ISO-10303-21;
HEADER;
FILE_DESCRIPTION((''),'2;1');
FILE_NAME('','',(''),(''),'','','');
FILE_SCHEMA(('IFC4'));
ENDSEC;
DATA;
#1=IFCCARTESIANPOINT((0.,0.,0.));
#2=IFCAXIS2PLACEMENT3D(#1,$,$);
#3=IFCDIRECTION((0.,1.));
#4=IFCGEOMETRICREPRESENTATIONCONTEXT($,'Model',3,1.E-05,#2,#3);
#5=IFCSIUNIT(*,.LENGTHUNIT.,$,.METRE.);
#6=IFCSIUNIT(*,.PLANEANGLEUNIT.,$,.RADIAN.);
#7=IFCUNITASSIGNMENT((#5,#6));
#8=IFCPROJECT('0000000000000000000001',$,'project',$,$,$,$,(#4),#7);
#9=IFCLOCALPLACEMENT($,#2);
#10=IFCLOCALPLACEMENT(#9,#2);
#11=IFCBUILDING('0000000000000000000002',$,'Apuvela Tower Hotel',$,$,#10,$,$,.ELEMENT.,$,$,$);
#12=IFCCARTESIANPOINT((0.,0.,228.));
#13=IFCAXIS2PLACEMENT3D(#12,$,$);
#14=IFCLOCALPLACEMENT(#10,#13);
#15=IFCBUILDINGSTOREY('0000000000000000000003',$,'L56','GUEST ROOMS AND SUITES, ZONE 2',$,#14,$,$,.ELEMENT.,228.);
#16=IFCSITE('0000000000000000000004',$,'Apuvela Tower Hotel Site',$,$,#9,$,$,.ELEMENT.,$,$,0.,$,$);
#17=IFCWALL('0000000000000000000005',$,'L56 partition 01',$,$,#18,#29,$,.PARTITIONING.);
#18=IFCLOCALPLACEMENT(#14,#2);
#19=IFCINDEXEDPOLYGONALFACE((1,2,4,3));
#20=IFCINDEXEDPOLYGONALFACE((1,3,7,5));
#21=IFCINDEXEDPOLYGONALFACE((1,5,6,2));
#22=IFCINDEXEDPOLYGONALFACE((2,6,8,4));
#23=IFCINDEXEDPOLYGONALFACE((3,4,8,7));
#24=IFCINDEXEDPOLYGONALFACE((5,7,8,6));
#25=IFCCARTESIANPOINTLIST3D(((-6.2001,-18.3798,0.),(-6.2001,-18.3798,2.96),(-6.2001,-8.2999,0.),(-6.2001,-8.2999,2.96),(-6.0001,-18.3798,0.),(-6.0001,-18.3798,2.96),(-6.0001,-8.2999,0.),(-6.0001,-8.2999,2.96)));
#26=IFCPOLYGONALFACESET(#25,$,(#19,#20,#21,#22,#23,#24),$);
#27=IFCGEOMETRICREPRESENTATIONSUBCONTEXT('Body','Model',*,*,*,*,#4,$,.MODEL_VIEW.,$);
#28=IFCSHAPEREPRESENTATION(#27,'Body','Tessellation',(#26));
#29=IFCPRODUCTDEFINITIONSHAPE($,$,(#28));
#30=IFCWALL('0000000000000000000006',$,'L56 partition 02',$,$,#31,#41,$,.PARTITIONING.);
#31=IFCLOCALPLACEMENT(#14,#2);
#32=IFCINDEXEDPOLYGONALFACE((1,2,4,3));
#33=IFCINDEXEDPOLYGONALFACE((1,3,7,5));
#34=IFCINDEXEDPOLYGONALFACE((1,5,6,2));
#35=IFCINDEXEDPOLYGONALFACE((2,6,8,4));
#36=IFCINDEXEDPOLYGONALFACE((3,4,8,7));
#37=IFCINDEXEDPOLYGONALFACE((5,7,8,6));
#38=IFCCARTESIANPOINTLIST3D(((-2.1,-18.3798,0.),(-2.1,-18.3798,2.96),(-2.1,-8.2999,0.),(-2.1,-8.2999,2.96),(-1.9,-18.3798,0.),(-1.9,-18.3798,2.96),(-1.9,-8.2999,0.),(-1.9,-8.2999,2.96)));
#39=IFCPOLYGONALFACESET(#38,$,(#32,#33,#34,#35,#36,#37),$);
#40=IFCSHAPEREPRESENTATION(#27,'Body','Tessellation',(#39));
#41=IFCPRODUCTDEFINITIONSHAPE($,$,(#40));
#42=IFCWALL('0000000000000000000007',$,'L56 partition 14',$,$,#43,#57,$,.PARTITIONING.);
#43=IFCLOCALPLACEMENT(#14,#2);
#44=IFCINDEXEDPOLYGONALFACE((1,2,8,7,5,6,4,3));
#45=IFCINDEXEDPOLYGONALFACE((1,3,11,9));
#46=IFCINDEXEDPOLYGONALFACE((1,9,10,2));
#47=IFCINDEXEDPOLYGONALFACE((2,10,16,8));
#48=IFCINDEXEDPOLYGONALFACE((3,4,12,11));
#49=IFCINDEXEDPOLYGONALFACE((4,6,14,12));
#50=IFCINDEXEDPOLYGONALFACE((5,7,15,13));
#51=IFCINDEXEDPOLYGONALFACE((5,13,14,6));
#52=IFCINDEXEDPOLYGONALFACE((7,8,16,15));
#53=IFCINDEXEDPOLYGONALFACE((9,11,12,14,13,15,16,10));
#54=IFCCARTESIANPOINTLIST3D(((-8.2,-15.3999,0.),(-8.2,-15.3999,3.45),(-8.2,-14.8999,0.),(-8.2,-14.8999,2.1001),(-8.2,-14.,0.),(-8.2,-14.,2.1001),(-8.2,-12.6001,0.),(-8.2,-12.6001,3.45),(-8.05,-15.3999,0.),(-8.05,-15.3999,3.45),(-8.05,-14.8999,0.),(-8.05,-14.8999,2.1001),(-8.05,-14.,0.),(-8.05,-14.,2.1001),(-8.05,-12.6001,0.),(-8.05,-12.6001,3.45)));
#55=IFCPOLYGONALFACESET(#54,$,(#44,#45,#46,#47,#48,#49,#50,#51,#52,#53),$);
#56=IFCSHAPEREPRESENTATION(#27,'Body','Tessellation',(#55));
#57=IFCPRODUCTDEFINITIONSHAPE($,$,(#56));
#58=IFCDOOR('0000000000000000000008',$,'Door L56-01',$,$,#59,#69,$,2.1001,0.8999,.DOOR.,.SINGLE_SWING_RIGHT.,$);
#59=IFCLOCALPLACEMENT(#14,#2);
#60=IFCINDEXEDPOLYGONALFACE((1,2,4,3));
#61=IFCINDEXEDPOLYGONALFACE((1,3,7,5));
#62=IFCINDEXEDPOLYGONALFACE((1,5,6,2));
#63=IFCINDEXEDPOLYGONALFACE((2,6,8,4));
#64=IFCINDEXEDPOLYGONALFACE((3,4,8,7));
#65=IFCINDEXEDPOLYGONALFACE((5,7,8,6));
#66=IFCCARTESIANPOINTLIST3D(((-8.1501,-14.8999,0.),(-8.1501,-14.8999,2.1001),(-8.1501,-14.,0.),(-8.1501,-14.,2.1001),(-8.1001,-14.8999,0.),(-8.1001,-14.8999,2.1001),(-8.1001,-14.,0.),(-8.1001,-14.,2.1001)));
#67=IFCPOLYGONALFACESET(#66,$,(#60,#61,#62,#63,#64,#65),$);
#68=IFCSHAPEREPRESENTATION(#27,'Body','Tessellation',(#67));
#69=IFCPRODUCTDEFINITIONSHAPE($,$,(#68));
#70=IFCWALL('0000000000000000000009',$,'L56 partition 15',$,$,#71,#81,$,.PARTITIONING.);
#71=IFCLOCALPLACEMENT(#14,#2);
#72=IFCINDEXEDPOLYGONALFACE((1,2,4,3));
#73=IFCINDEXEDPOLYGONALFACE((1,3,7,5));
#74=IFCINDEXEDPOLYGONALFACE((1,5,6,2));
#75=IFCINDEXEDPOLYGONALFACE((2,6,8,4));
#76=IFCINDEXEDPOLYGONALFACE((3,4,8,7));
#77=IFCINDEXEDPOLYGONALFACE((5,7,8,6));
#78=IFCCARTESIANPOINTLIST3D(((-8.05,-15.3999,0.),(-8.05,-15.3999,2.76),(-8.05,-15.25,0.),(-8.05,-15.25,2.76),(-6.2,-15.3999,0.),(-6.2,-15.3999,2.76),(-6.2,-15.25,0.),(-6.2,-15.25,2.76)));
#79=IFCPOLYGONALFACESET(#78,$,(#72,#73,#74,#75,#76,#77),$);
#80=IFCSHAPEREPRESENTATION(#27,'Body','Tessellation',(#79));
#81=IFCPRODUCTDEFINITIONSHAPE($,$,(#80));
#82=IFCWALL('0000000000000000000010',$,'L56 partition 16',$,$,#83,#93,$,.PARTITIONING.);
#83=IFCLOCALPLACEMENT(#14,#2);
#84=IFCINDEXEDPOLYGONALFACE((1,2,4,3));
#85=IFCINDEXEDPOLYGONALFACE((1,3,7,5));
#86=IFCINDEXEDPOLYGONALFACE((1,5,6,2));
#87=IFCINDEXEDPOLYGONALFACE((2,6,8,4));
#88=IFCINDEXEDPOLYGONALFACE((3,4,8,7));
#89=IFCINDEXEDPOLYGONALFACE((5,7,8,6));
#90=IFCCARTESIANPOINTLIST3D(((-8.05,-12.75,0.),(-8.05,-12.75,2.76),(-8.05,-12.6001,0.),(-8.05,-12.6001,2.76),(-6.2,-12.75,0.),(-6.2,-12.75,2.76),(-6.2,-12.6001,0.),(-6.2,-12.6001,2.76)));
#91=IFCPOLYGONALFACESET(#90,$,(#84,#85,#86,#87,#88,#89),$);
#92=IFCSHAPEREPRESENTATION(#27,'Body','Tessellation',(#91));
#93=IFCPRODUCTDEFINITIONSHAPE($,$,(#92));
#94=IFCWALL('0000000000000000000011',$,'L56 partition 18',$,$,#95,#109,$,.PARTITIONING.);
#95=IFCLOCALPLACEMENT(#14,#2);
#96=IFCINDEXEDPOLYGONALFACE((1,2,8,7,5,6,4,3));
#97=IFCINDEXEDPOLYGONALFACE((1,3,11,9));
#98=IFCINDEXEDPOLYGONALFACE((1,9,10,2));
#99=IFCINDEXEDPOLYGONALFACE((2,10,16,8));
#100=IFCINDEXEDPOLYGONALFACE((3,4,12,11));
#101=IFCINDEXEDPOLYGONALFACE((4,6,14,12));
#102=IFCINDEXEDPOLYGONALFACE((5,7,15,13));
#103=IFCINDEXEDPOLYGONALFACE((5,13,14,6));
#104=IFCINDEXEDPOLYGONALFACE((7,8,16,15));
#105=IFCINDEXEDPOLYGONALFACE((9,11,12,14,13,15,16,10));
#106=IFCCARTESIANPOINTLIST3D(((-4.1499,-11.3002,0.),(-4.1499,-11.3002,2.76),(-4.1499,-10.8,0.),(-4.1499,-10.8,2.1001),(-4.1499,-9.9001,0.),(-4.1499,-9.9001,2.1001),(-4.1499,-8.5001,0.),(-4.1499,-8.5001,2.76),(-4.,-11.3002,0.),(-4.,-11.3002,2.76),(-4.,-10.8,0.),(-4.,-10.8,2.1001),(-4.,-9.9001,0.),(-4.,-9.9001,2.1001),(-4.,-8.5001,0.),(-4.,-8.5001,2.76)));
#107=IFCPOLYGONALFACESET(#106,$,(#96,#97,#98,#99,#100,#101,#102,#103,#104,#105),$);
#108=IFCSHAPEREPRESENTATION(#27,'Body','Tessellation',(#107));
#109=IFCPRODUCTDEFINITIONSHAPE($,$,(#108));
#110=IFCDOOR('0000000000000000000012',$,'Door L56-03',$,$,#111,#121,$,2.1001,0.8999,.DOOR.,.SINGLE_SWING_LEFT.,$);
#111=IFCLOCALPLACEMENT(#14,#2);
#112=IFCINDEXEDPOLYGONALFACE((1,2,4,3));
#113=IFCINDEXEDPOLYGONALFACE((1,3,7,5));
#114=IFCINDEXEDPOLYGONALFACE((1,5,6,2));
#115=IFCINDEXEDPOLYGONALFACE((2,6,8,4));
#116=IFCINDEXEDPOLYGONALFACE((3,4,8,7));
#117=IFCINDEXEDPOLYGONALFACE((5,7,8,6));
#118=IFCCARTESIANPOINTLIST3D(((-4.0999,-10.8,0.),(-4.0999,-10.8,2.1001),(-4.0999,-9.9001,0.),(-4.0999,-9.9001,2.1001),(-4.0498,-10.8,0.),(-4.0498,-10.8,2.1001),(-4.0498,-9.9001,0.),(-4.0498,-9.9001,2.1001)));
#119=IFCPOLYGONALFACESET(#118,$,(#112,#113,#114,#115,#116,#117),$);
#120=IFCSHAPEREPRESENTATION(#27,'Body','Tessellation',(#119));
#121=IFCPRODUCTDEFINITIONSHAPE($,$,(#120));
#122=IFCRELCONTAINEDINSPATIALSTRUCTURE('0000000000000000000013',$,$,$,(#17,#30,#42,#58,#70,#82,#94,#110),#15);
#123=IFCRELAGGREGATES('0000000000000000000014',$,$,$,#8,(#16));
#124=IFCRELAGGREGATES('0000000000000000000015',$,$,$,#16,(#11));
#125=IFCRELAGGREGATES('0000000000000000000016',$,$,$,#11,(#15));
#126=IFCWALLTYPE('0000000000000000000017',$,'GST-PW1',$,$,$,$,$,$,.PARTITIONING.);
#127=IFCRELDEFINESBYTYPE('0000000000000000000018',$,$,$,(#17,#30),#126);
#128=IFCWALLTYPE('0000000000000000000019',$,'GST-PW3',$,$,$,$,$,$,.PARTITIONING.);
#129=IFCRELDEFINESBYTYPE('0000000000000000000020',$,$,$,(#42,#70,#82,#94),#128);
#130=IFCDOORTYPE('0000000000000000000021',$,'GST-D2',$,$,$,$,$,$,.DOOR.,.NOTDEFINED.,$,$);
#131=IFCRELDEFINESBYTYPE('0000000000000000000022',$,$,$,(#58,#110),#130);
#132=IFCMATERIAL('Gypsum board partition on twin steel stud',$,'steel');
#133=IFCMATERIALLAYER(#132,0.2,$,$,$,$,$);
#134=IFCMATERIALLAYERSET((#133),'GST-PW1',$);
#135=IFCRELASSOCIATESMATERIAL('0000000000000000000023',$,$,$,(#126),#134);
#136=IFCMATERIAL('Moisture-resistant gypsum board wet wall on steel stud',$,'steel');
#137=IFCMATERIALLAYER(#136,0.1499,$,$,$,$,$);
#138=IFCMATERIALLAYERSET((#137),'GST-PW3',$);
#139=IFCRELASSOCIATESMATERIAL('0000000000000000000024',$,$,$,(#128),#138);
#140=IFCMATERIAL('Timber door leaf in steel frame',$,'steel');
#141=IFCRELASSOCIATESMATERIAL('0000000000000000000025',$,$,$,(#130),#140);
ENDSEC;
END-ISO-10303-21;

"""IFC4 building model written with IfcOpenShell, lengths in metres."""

from ifc_helpers import new_model, si_unit, direction, frame, frame_2d, origin, place, context, subcontext, project, spatial, rectangle, extrude, material, layer, layer_set, type_object, element, fill, save


model = new_model("IFC4")

# Units and contexts
model_context = context("Model", 3, precision=1e-05, world=origin(), true_north=direction((0.0, 1.0)))
body_context = subcontext(model_context, "Body", "Model", "MODEL_VIEW")
ifc_project = project(units=[si_unit("LENGTHUNIT", "METRE"), si_unit("PLANEANGLEUNIT", "RADIAN")], contexts=[model_context])

# Site, building, storey
site_placement = place(None, origin())
site = spatial("IfcSite", under=ifc_project, at=site_placement, Name="Apuvela Tower Hotel Site", CompositionType="ELEMENT", RefElevation=0.0)
building_placement = place(site_placement, origin())
building = spatial("IfcBuilding", under=site, at=building_placement, Name="Apuvela Tower Hotel", CompositionType="ELEMENT")
storey_placement = place(building_placement, frame((0.0, 0.0, 228.0)))
storey = spatial("IfcBuildingStorey", under=building, at=storey_placement, Name="L56", Description="GUEST ROOMS AND SUITES, ZONE 2", CompositionType="ELEMENT", Elevation=228.0)

# Walls
ifc_material_1 = material(Name="Gypsum board partition on twin steel stud", Category="steel")
ifc_layer_1 = layer(ifc_material_1, 0.2)
ifc_layer_set_1 = layer_set([ifc_layer_1], Name="GST-PW1")
wall_type_1 = type_object("IfcWallType", Name="GST-PW1", PredefinedType="PARTITIONING", material=ifc_layer_set_1)
for number, where, z_axis, x_axis, name in (
    (1, (-6.1001, -18.3799, 0.0), (0.0, 0.0, 1.0), (0.0, 1.0, 0.0), "L56 partition 01"),
    (2, (-2.0, -18.3799, 0.0), (0.0, 0.0, 1.0), (0.0, 1.0, 0.0), "L56 partition 02"),
):
    element("IfcWall", number, at=place(storey_placement, frame(where, z_axis=z_axis, x_axis=x_axis)), inside=storey, type_object=wall_type_1, Name=name, PredefinedType="PARTITIONING", context=body_context, shape_type="SweptSolid", body=[
        extrude(rectangle(XDim=10.0798, YDim=0.2, at=frame_2d((5.04, 0.0))), origin(), (0.0, 0.0, 1.0), 2.96),
    ])

# Wall, opening, door
ifc_material_2 = material(Name="Moisture-resistant gypsum board wet wall on steel stud", Category="steel")
ifc_layer_2 = layer(ifc_material_2, 0.1499)
ifc_layer_set_2 = layer_set([ifc_layer_2], Name="GST-PW3")
wall_type_2 = type_object("IfcWallType", Name="GST-PW3", PredefinedType="PARTITIONING", material=ifc_layer_set_2)
wall_1_placement = place(storey_placement, frame((-8.125, -12.6001, 0.0), z_axis=(0.0, 0.0, 1.0), x_axis=(0.0, -1.0, 0.0)))
wall_1 = element("IfcWall", 3, at=wall_1_placement, inside=storey, type_object=wall_type_2, Name="L56 partition 14", PredefinedType="PARTITIONING", context=body_context, shape_type="SweptSolid", body=[
    extrude(rectangle(XDim=2.7998, YDim=0.1499, at=frame_2d((1.3999, 0.0))), origin(), (0.0, 0.0, 1.0), 3.45),
])
opening_1_placement = place(wall_1_placement, frame((1.3999, 0.0, 0.0)))
opening_1 = element("IfcOpeningElement", 4, at=opening_1_placement, cuts=wall_1, PredefinedType="OPENING", context=body_context, shape_type="SweptSolid", body=[
    extrude(rectangle(XDim=0.8999, YDim=2.1001, at=frame_2d((0.45, 1.05))), frame((0.0, 0.085, 0.0), z_axis=(0.0, -1.0, 0.0), x_axis=(1.0, 0.0, 0.0)), (0.0, 0.0, 1.0), 0.1699),
])
ifc_material_3 = material(Name="Timber door leaf in steel frame", Category="steel")
door_type_1 = type_object("IfcDoorType", Name="GST-D2", OperationType="NOTDEFINED", PredefinedType="DOOR", material=ifc_material_3)
door_1_placement = place(opening_1_placement, origin())
door_1 = element("IfcDoor", 5, at=door_1_placement, inside=storey, type_object=door_type_1, Name="Door L56-01", OperationType="SINGLE_SWING_RIGHT", OverallHeight=2.1001, OverallWidth=0.8999, PredefinedType="DOOR", context=body_context, shape_type="SweptSolid", body=[
    extrude(rectangle(XDim=0.8999, YDim=2.1001, at=frame_2d((0.45, 1.05))), frame((0.0, 0.0249, 0.0), z_axis=(0.0, -1.0, 0.0), x_axis=(1.0, 0.0, 0.0)), (0.0, 0.0, 1.0), 0.05),
])
fill(opening_1, door_1)

# Walls
for number, where, z_axis, x_axis, name in (
    (6, (-8.05, -15.325, 0.0), (0.0, 0.0, 1.0), (1.0, 0.0, 0.0), "L56 partition 15"),
    (7, (-8.05, -12.675, 0.0), (0.0, 0.0, 1.0), (1.0, 0.0, 0.0), "L56 partition 16"),
):
    element("IfcWall", number, at=place(storey_placement, frame(where, z_axis=z_axis, x_axis=x_axis)), inside=storey, type_object=wall_type_2, Name=name, PredefinedType="PARTITIONING", context=body_context, shape_type="SweptSolid", body=[
        extrude(rectangle(XDim=1.8501, YDim=0.1499, at=frame_2d((0.925, 0.0))), origin(), (0.0, 0.0, 1.0), 2.76),
    ])

# Wall, opening, door
wall_2_placement = place(storey_placement, frame((-4.075, -11.3, 0.0), z_axis=(0.0, 0.0, 1.0), x_axis=(0.0, 1.0, 0.0)))
wall_2 = element("IfcWall", 8, at=wall_2_placement, inside=storey, type_object=wall_type_2, Name="L56 partition 18", PredefinedType="PARTITIONING", context=body_context, shape_type="SweptSolid", body=[
    extrude(rectangle(XDim=2.8, YDim=0.1499, at=frame_2d((1.3999, 0.0))), origin(), (0.0, 0.0, 1.0), 2.76),
])
opening_2_placement = place(wall_2_placement, frame((0.5, 0.0, 0.0)))
opening_2 = element("IfcOpeningElement", 9, at=opening_2_placement, cuts=wall_2, PredefinedType="OPENING", context=body_context, shape_type="SweptSolid", body=[
    extrude(rectangle(XDim=0.8999, YDim=2.1001, at=frame_2d((0.45, 1.05))), frame((0.0, 0.085, 0.0), z_axis=(0.0, -1.0, 0.0), x_axis=(1.0, 0.0, 0.0)), (0.0, 0.0, 1.0), 0.1699),
])
door_2_placement = place(opening_2_placement, origin())
door_2 = element("IfcDoor", 10, at=door_2_placement, inside=storey, type_object=door_type_1, Name="Door L56-03", OperationType="SINGLE_SWING_LEFT", OverallHeight=2.1001, OverallWidth=0.8999, PredefinedType="DOOR", context=body_context, shape_type="SweptSolid", body=[
    extrude(rectangle(XDim=0.8999, YDim=2.1001, at=frame_2d((0.45, 1.05))), frame((0.0, 0.0249, 0.0), z_axis=(0.0, -1.0, 0.0), x_axis=(1.0, 0.0, 0.0)), (0.0, 0.0, 1.0), 0.05),
])
fill(opening_2, door_2)

save(model, "model.ifc")
